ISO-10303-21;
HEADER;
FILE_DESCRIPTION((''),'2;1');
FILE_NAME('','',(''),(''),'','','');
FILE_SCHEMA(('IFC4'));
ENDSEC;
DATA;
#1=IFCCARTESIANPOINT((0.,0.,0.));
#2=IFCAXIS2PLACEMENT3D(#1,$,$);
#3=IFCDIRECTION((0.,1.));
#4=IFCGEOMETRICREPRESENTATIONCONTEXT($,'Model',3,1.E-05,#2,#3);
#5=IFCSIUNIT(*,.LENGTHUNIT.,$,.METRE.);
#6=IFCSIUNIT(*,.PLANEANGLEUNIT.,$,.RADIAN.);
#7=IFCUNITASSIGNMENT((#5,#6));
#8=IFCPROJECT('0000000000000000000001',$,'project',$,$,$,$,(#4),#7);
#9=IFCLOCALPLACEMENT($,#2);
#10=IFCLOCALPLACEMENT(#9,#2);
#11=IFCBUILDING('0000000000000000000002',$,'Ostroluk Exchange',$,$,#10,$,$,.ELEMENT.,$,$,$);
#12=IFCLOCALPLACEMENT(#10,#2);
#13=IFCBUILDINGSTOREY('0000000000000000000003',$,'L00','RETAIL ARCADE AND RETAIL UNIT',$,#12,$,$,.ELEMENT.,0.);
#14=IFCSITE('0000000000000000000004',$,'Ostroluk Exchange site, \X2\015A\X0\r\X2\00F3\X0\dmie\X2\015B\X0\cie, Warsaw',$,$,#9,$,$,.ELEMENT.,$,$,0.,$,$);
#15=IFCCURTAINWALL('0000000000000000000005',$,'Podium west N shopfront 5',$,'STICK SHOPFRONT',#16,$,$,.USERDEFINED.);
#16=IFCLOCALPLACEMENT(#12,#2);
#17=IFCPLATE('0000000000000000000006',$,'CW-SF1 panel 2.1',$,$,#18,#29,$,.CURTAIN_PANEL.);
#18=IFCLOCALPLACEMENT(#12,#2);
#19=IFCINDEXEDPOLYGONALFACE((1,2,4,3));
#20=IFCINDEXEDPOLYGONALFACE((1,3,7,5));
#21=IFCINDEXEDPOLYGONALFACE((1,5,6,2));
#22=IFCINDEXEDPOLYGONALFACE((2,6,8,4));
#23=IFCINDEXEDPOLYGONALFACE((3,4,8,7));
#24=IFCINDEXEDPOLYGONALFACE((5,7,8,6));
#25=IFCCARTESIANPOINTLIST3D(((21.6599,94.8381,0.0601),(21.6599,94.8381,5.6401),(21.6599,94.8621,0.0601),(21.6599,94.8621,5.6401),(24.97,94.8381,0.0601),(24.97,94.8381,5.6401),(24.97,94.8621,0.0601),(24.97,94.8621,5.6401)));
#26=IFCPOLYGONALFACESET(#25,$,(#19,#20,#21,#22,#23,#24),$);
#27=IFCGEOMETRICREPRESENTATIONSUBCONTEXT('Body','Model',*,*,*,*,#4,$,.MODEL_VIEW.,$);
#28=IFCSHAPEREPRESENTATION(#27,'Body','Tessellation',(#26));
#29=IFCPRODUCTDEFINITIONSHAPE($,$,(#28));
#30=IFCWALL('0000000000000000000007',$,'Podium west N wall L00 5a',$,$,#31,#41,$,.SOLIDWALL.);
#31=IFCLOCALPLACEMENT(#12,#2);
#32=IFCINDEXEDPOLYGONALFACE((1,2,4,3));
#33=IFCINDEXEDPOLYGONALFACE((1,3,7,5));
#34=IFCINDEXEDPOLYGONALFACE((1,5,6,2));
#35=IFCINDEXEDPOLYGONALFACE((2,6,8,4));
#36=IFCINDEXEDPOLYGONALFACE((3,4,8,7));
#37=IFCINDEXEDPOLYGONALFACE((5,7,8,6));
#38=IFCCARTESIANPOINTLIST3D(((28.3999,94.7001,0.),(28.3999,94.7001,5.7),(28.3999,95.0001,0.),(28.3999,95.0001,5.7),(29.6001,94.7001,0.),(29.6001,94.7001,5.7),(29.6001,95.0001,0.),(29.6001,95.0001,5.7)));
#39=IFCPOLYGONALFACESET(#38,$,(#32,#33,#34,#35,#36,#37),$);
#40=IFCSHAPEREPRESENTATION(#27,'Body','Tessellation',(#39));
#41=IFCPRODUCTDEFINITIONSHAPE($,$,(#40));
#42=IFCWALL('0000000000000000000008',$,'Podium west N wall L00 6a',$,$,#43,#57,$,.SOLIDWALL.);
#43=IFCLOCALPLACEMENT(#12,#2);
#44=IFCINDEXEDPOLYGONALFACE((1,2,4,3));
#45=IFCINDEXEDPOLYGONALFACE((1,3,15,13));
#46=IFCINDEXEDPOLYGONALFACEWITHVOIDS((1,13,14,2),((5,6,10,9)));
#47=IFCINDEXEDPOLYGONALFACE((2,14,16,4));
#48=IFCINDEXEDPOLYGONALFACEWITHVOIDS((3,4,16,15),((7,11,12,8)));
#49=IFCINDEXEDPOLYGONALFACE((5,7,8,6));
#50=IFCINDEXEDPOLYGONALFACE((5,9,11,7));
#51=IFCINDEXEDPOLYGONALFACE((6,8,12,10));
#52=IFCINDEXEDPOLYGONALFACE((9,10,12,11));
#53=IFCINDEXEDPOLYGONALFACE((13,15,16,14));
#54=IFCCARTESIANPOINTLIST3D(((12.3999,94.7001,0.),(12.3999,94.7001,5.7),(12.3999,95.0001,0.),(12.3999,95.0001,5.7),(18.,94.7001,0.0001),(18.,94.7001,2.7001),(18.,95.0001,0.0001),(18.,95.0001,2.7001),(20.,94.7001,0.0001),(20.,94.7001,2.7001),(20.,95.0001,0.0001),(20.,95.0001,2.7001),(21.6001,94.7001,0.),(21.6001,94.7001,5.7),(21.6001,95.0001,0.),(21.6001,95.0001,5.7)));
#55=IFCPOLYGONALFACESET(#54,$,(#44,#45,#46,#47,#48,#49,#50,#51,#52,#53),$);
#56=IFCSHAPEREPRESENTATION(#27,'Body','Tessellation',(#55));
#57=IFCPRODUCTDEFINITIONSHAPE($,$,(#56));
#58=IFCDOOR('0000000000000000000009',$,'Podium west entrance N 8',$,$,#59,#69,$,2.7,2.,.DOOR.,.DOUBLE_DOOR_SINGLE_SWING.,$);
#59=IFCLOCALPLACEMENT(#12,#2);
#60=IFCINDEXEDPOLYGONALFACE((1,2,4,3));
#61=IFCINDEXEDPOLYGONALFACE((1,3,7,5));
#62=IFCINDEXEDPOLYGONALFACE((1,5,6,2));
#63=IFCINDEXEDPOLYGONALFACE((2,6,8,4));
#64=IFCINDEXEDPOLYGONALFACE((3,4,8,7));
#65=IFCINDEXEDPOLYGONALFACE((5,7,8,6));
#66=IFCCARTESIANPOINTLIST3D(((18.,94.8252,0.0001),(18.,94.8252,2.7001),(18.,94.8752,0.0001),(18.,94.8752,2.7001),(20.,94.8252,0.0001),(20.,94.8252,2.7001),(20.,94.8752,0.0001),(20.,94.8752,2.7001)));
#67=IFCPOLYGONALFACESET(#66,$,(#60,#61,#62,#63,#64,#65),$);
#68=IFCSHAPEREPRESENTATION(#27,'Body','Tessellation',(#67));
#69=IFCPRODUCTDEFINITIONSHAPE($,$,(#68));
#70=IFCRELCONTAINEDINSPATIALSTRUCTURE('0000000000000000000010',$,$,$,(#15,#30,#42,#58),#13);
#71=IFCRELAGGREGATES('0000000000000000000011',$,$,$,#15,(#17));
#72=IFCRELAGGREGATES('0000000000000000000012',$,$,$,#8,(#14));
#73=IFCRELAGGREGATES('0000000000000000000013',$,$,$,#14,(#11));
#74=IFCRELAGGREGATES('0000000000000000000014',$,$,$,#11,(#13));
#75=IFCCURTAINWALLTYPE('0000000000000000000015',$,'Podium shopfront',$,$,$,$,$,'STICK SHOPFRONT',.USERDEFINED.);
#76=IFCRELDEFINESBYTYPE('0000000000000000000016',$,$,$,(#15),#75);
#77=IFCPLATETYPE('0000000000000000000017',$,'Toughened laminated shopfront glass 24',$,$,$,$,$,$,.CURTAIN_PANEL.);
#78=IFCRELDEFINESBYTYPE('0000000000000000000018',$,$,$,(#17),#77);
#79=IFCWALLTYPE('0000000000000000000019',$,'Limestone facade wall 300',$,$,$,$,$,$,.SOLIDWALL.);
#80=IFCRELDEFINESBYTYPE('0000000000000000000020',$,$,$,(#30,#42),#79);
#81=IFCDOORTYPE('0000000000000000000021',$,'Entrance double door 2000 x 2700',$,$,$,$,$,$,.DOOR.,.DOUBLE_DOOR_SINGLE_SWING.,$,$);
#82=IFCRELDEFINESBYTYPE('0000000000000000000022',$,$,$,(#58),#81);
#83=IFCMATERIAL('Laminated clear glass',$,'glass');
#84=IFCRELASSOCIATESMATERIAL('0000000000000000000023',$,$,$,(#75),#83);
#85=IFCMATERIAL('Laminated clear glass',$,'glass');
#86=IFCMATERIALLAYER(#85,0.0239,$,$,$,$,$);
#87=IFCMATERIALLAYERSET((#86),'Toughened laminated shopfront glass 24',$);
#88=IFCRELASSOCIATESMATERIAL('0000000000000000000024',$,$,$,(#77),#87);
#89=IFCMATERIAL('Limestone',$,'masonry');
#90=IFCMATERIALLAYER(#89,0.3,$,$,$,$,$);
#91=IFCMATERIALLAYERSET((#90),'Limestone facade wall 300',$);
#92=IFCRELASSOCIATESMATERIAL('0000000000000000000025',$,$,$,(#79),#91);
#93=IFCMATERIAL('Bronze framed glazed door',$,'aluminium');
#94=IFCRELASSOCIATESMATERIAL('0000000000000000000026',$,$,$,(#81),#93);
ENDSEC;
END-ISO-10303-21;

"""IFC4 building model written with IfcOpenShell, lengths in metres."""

from ifc_helpers import new_model, si_unit, direction, frame, frame_2d, origin, origin_2d, place, context, subcontext, project, spatial, rectangle, extrude, material, layer, layer_set, type_object, element, fill, aggregate, save


model = new_model("IFC4")

# Units and contexts
model_context = context("Model", 3, precision=1e-05, world=origin(), true_north=direction((0.0, 1.0)))
body_context = subcontext(model_context, "Body", "Model", "MODEL_VIEW")
ifc_project = project(units=[si_unit("LENGTHUNIT", "METRE"), si_unit("PLANEANGLEUNIT", "RADIAN")], contexts=[model_context])

# Site, building, storey
site_placement = place(None, origin())
site = spatial("IfcSite", under=ifc_project, at=site_placement, Name="Ostroluk Exchange site, Śródmieście, Warsaw", CompositionType="ELEMENT", RefElevation=0.0)
building_placement = place(site_placement, origin())
building = spatial("IfcBuilding", under=site, at=building_placement, Name="Ostroluk Exchange", CompositionType="ELEMENT")
storey_placement = place(building_placement, origin())
storey = spatial("IfcBuildingStorey", under=building, at=storey_placement, Name="L00", Description="RETAIL ARCADE AND RETAIL UNIT", CompositionType="ELEMENT", Elevation=0.0)

# Shared definitions
ifc_material_1 = material(Name="Laminated clear glass", Category="glass")
curtain_wall_type = type_object("IfcCurtainWallType", Name="Podium shopfront", ElementType="STICK SHOPFRONT", PredefinedType="USERDEFINED", material=ifc_material_1)

# Curtain wall
curtain_wall_1_placement = place(storey_placement, origin())
curtain_wall_1 = element("IfcCurtainWall", 1, at=curtain_wall_1_placement, inside=storey, type_object=curtain_wall_type, Name="Podium west N shopfront 5", ObjectType="STICK SHOPFRONT", PredefinedType="USERDEFINED")

# Plate
ifc_material_2 = material(Name="Laminated clear glass", Category="glass")
ifc_layer_1 = layer(ifc_material_2, 0.0239)
ifc_layer_set_1 = layer_set([ifc_layer_1], Name="Toughened laminated shopfront glass 24")
plate_type = type_object("IfcPlateType", Name="Toughened laminated shopfront glass 24", PredefinedType="CURTAIN_PANEL", material=ifc_layer_set_1)
plate_1_placement = place(storey_placement, frame((23.3149, 94.8501, 0.0601), z_axis=(0.0, 0.0, 1.0), x_axis=(-1.0, 0.0, 0.0)))
plate_1 = element("IfcPlate", 2, at=plate_1_placement, type_object=plate_type, Name="CW-SF1 panel 2.1", PredefinedType="CURTAIN_PANEL", context=body_context, shape_type="SweptSolid", body=[
    extrude(rectangle(XDim=3.3101, YDim=0.0239, at=origin_2d()), origin(), (0.0, 0.0, 1.0), 5.5801),
])
aggregate(curtain_wall_1, [plate_1])

# Wall
ifc_material_3 = material(Name="Limestone", Category="masonry")
ifc_layer_2 = layer(ifc_material_3, 0.3)
ifc_layer_set_2 = layer_set([ifc_layer_2], Name="Limestone facade wall 300")
wall_type = type_object("IfcWallType", Name="Limestone facade wall 300", PredefinedType="SOLIDWALL", material=ifc_layer_set_2)
wall_1_placement = place(storey_placement, frame((29.6001, 94.8501, 0.0), z_axis=(0.0, 0.0, 1.0), x_axis=(-1.0, 0.0, 0.0)))
element("IfcWall", 3, at=wall_1_placement, inside=storey, type_object=wall_type, Name="Podium west N wall L00 5a", PredefinedType="SOLIDWALL", context=body_context, shape_type="SweptSolid", body=[
    extrude(rectangle(XDim=1.2002, YDim=0.3, at=frame_2d((0.6001, 0.0))), origin(), (0.0, 0.0, 1.0), 5.7),
])

# Wall, opening, door
wall_2_placement = place(storey_placement, frame((21.6001, 94.8501, 0.0), z_axis=(0.0, 0.0, 1.0), x_axis=(-1.0, 0.0, 0.0)))
wall_2 = element("IfcWall", 4, at=wall_2_placement, inside=storey, type_object=wall_type, Name="Podium west N wall L00 6a", PredefinedType="SOLIDWALL", context=body_context, shape_type="SweptSolid", body=[
    extrude(rectangle(XDim=9.2002, YDim=0.3, at=frame_2d((4.6001, 0.0))), origin(), (0.0, 0.0, 1.0), 5.7),
])
opening_placement = place(wall_2_placement, frame((1.6001, 0.0, 0.0)))
opening = element("IfcOpeningElement", 5, at=opening_placement, cuts=wall_2, PredefinedType="OPENING", context=body_context, shape_type="SweptSolid", body=[
    extrude(rectangle(XDim=2.0, YDim=2.7, at=frame_2d((1.0, 1.3501))), frame((0.0, 0.1599, 0.0), z_axis=(0.0, -1.0, 0.0), x_axis=(1.0, 0.0, 0.0)), (0.0, 0.0, 1.0), 0.3201),
])
ifc_material_4 = material(Name="Bronze framed glazed door", Category="aluminium")
door_type = type_object("IfcDoorType", Name="Entrance double door 2000 x 2700", OperationType="DOUBLE_DOOR_SINGLE_SWING", PredefinedType="DOOR", material=ifc_material_4)
door_placement = place(opening_placement, origin())
door = element("IfcDoor", 6, at=door_placement, inside=storey, type_object=door_type, Name="Podium west entrance N 8", OperationType="DOUBLE_DOOR_SINGLE_SWING", OverallHeight=2.7, OverallWidth=2.0, PredefinedType="DOOR", context=body_context, shape_type="SweptSolid", body=[
    extrude(rectangle(XDim=2.0, YDim=2.7, at=frame_2d((1.0, 1.3501))), frame((0.0, 0.0249, 0.0), z_axis=(0.0, -1.0, 0.0), x_axis=(1.0, 0.0, 0.0)), (0.0, 0.0, 1.0), 0.05),
])
fill(opening, door)

save(model, "model.ifc")
